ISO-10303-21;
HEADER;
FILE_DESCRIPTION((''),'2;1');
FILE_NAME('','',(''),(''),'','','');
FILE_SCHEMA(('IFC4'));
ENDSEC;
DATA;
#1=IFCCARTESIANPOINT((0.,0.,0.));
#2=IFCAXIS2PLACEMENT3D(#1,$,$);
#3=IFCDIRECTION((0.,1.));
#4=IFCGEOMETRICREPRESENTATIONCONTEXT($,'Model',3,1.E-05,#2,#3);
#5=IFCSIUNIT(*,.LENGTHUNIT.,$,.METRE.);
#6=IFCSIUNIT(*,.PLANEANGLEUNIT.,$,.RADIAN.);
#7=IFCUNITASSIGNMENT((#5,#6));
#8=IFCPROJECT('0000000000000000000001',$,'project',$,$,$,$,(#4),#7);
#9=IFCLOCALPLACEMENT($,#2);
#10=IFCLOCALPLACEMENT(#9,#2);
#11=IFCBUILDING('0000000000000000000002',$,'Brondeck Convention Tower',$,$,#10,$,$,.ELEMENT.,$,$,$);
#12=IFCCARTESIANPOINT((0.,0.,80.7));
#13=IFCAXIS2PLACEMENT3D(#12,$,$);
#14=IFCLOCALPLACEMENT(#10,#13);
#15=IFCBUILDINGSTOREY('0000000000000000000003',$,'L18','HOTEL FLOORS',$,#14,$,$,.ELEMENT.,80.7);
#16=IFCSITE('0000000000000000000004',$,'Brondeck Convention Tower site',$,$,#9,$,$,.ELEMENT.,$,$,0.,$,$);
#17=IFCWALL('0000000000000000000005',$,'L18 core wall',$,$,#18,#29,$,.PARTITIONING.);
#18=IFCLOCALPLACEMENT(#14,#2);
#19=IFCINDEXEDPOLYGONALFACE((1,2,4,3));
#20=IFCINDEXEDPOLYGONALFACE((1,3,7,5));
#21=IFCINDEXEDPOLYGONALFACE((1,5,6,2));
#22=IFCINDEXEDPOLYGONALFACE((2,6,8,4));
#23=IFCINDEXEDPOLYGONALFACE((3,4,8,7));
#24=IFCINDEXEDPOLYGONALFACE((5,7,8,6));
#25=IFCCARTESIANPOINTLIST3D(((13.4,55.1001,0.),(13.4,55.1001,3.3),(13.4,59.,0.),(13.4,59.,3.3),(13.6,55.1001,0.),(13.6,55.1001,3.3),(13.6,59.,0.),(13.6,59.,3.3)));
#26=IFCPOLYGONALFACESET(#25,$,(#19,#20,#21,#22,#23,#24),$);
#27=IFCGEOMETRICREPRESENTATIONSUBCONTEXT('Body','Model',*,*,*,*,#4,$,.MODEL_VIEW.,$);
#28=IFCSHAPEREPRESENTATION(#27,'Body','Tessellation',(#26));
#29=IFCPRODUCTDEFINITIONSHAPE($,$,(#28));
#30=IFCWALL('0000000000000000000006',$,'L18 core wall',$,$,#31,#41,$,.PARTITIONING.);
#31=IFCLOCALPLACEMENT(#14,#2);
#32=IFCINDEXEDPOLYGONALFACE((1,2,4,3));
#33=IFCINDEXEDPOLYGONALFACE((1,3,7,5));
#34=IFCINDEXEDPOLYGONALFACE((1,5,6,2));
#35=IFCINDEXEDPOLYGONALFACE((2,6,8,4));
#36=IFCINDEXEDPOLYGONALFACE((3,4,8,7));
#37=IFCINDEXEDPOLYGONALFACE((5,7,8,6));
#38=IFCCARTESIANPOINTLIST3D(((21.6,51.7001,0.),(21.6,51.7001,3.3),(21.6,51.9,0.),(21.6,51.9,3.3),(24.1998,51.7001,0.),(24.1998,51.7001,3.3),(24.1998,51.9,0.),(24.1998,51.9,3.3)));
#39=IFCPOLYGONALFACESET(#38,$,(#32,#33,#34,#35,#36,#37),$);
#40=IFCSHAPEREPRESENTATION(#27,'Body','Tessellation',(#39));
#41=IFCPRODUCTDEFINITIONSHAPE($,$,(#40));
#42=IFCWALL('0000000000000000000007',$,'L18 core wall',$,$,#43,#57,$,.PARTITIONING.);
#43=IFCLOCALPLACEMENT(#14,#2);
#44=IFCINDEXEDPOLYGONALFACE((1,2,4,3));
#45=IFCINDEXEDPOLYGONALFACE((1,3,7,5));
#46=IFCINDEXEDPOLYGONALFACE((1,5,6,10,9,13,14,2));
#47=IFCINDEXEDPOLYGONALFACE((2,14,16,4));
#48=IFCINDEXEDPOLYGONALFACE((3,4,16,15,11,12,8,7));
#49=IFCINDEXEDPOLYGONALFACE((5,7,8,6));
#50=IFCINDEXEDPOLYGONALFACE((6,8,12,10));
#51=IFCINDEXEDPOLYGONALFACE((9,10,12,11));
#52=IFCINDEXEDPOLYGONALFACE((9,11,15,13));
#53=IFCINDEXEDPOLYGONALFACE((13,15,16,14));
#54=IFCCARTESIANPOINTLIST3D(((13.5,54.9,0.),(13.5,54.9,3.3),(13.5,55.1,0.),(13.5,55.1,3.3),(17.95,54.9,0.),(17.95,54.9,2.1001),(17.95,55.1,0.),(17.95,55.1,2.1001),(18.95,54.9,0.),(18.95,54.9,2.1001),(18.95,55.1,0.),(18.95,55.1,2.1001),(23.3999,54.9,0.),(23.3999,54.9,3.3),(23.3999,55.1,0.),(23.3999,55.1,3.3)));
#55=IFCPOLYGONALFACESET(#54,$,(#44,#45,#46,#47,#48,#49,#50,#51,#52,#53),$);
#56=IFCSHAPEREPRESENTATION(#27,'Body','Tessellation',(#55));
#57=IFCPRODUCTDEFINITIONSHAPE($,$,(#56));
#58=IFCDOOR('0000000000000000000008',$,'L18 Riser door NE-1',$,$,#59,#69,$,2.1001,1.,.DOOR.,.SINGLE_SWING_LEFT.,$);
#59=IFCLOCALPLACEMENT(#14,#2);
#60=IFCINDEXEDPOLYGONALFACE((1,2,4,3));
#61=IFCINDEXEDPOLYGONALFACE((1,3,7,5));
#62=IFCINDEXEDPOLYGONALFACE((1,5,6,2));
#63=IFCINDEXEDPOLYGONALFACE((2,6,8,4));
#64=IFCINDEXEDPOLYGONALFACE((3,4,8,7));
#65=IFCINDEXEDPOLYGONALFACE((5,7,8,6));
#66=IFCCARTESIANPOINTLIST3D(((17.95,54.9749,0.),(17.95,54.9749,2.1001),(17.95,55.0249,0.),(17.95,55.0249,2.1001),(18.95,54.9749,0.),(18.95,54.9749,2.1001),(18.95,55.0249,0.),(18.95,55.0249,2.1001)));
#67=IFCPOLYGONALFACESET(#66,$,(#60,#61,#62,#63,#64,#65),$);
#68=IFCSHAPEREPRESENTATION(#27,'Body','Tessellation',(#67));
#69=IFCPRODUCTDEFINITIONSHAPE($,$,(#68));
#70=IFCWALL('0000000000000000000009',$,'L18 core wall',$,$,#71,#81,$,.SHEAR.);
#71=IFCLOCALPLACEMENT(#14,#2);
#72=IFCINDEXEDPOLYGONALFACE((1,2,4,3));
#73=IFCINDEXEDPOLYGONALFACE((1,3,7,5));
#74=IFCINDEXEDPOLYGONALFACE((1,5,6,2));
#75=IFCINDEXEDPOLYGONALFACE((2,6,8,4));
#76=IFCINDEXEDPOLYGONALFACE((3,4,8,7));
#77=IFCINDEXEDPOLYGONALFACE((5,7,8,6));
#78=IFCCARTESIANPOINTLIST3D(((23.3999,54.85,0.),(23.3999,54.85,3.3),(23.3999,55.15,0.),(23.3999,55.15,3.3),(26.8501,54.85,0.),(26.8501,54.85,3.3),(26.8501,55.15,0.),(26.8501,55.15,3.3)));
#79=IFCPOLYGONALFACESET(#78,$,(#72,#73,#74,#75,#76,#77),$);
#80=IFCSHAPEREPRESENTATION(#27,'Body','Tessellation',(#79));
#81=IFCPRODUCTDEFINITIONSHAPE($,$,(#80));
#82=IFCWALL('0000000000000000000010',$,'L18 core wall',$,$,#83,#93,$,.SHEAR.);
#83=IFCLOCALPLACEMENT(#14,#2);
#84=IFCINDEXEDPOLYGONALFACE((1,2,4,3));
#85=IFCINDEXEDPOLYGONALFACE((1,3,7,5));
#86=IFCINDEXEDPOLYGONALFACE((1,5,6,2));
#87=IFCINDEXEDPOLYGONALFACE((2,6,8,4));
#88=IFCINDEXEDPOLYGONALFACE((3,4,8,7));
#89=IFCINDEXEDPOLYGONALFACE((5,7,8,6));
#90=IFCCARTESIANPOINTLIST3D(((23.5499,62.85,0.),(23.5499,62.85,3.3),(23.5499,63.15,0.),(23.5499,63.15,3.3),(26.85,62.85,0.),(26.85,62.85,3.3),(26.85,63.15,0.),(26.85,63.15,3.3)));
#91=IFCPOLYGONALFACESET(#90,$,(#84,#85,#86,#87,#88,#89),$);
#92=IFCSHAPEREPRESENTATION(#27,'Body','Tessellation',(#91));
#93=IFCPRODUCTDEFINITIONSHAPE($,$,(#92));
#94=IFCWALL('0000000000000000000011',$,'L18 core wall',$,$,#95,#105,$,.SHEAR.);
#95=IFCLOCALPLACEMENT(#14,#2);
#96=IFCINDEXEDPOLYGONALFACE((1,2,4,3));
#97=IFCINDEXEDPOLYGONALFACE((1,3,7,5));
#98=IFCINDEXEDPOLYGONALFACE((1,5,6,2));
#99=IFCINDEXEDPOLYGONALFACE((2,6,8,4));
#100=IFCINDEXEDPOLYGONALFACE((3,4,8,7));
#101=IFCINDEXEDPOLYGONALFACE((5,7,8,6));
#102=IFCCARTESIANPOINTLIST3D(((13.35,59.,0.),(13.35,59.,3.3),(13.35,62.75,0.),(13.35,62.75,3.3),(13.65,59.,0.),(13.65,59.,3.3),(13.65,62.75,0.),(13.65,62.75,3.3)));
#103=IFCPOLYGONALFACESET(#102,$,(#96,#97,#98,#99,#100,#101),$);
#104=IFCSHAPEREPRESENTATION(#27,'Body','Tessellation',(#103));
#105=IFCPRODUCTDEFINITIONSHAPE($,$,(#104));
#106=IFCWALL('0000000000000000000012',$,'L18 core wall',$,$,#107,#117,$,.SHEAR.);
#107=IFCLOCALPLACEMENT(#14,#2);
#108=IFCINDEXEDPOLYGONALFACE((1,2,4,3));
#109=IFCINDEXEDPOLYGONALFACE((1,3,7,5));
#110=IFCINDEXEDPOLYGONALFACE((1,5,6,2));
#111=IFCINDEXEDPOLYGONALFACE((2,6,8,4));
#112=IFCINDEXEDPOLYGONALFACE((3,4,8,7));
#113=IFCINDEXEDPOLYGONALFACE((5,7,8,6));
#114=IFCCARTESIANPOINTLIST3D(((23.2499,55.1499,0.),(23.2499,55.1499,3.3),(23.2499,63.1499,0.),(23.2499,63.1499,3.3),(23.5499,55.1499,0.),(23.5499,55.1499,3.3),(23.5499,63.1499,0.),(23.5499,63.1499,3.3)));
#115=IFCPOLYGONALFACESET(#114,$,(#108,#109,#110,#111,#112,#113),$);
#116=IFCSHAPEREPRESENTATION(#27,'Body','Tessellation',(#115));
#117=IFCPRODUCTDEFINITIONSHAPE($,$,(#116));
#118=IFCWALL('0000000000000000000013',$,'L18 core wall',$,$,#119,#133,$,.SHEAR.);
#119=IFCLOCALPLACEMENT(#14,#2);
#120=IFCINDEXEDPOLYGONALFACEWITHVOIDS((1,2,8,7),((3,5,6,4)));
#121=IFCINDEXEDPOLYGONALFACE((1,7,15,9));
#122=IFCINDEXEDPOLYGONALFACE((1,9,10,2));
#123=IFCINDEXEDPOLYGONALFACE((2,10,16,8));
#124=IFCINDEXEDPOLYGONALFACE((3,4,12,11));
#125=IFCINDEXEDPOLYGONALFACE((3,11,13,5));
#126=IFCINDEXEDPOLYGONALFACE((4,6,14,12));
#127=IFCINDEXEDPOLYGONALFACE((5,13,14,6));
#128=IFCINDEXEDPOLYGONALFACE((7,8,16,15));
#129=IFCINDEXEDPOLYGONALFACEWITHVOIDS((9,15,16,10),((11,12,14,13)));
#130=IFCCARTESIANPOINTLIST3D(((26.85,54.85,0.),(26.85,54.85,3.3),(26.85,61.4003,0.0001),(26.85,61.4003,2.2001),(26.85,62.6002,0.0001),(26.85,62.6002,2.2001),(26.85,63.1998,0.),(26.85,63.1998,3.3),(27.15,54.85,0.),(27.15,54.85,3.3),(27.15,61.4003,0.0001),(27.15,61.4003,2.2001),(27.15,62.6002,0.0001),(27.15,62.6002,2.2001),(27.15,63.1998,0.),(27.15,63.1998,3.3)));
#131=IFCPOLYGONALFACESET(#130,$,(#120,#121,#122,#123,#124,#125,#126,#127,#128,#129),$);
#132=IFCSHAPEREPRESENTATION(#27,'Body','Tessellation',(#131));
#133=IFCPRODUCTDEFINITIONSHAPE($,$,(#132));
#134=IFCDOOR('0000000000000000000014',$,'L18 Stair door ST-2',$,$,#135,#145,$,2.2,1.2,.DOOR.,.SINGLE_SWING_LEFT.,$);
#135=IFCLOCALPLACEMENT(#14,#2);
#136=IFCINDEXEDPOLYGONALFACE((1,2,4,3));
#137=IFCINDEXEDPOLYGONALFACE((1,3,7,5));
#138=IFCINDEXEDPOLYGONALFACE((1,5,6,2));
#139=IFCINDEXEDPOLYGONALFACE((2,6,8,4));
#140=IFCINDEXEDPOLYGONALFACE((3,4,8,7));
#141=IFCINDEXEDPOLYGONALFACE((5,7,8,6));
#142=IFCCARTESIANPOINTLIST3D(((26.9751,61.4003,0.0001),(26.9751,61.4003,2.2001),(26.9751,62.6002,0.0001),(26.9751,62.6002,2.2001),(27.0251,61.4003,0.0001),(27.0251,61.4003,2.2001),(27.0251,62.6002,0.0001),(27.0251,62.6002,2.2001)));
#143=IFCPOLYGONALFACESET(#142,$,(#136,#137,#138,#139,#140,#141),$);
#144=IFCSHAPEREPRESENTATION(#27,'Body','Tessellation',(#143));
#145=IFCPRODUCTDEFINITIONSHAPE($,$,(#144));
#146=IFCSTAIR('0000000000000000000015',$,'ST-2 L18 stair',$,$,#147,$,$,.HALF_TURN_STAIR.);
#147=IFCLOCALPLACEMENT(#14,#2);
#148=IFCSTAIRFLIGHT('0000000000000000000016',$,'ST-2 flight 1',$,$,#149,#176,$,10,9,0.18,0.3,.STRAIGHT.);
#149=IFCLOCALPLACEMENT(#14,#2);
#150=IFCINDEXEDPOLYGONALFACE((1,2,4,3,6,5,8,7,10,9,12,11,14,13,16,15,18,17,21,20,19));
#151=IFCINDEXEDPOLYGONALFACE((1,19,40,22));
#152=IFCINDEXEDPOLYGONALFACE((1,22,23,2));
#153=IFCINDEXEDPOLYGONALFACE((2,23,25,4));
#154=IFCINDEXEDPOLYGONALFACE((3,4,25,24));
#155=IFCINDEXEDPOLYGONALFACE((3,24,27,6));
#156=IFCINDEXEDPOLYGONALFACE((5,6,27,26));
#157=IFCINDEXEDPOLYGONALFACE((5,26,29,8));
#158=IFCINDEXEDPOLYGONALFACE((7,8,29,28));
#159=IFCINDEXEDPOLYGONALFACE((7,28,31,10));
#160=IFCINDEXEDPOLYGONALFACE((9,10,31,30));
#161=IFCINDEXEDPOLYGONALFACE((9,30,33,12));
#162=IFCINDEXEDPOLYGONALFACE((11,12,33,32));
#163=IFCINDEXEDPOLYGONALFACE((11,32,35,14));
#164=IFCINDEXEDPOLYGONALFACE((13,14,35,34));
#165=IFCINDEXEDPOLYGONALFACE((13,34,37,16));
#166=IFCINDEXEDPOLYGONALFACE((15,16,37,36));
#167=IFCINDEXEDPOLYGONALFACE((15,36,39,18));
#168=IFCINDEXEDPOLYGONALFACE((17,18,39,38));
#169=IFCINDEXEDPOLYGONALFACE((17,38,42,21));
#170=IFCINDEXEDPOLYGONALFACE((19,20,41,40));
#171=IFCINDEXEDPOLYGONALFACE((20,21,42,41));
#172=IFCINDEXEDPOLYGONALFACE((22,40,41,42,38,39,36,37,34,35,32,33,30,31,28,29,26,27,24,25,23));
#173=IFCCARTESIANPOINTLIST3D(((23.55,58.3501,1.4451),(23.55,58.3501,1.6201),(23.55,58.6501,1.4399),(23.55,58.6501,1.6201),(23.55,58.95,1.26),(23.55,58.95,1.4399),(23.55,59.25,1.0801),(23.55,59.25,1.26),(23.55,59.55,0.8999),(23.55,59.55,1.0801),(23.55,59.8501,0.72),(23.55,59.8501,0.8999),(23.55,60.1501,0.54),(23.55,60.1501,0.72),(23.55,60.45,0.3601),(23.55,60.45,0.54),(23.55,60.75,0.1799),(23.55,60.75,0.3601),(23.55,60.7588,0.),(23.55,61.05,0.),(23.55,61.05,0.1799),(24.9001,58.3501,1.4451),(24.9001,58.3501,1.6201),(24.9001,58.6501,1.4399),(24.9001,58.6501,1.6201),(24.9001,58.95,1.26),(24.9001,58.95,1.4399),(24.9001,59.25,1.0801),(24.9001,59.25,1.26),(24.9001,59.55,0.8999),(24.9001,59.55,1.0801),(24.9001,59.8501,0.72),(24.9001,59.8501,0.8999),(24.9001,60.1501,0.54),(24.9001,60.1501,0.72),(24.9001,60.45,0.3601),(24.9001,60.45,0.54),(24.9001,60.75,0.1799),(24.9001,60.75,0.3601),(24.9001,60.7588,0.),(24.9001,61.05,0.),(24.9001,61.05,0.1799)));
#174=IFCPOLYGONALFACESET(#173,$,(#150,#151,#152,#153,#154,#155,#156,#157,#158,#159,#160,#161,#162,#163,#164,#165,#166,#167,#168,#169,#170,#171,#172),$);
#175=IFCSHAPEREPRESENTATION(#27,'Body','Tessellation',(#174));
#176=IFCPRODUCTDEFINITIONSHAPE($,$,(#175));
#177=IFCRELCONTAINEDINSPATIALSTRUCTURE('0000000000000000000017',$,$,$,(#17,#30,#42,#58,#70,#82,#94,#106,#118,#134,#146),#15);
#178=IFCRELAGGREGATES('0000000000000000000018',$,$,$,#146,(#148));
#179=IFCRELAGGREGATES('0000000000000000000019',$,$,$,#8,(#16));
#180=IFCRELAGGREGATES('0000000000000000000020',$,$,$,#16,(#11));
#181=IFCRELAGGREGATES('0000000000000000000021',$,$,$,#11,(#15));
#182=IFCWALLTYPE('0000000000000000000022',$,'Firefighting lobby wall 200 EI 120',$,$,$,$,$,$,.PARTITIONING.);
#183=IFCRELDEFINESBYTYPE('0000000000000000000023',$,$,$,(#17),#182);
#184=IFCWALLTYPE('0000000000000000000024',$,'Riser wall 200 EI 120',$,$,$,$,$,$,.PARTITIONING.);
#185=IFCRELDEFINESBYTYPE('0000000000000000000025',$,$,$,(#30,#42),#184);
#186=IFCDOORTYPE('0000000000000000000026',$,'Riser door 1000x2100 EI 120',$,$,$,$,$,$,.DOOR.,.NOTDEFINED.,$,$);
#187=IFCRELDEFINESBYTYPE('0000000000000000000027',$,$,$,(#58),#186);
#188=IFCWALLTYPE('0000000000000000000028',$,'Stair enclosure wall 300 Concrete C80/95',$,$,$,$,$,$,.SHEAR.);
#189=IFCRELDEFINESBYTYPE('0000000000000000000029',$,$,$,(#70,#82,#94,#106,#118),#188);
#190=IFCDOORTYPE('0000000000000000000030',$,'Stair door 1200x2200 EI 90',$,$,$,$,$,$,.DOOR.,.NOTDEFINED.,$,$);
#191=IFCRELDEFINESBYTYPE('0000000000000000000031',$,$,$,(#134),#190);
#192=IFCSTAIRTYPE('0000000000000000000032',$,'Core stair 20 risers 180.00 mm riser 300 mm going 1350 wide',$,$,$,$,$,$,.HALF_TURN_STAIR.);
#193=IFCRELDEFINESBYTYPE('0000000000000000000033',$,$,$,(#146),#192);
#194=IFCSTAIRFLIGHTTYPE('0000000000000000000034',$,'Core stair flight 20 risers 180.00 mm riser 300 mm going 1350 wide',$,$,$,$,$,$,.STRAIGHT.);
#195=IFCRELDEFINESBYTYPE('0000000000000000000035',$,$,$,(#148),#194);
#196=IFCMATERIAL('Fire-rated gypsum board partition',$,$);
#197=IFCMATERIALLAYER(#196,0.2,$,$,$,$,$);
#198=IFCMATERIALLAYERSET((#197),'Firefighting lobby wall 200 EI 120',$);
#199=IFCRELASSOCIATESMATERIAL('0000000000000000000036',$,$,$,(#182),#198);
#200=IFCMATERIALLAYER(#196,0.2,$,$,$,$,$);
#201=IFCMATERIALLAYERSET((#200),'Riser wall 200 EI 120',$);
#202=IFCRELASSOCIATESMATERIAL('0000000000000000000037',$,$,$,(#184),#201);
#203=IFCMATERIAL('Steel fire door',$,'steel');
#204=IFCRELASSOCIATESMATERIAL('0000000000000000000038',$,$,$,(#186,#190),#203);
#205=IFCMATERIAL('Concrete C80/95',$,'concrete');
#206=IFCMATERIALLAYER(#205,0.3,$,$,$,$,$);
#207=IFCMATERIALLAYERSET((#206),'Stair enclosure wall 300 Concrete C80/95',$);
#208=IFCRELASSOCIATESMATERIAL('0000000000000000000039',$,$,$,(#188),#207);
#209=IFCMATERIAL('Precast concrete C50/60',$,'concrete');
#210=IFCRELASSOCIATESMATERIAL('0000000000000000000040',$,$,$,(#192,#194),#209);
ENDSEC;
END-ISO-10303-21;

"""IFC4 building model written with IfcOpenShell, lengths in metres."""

from ifc_helpers import new_model, si_unit, direction, frame, frame_2d, origin, place, context, subcontext, project, spatial, polyline, rectangle, outline, extrude, material, layer, layer_set, type_object, element, fill, aggregate, save


model = new_model("IFC4")

# Units and contexts
model_context = context("Model", 3, precision=1e-05, world=origin(), true_north=direction((0.0, 1.0)))
body_context = subcontext(model_context, "Body", "Model", "MODEL_VIEW")
ifc_project = project(units=[si_unit("LENGTHUNIT", "METRE"), si_unit("PLANEANGLEUNIT", "RADIAN")], contexts=[model_context])

# Site, building, storey
site_placement = place(None, origin())
site = spatial("IfcSite", under=ifc_project, at=site_placement, Name="Brondeck Convention Tower site", CompositionType="ELEMENT", RefElevation=0.0)
building_placement = place(site_placement, origin())
building = spatial("IfcBuilding", under=site, at=building_placement, Name="Brondeck Convention Tower", CompositionType="ELEMENT")
storey_placement = place(building_placement, frame((0.0, 0.0, 80.7)))
storey = spatial("IfcBuildingStorey", under=building, at=storey_placement, Name="L18", Description="HOTEL FLOORS", CompositionType="ELEMENT", Elevation=80.7)

# Shared definitions
ifc_material_1 = material(Name="Concrete C80/95", Category="concrete")

# Shared definitions
ifc_material_2 = material(Name="Fire-rated gypsum board partition")

# Walls
ifc_layer_1 = layer(ifc_material_2, 0.2)
ifc_layer_set_1 = layer_set([ifc_layer_1], Name="Firefighting lobby wall 200 EI 120")
wall_type_1 = type_object("IfcWallType", Name="Firefighting lobby wall 200 EI 120", PredefinedType="PARTITIONING", material=ifc_layer_set_1)
wall_1_placement = place(storey_placement, frame((13.5, 55.1001, 0.0), z_axis=(0.0, 0.0, 1.0), x_axis=(0.0, 1.0, 0.0)))
element("IfcWall", 1, at=wall_1_placement, inside=storey, type_object=wall_type_1, Name="L18 core wall", PredefinedType="PARTITIONING", context=body_context, shape_type="SweptSolid", body=[
    extrude(rectangle(XDim=3.8999, YDim=0.2, at=frame_2d((1.95, 0.0))), origin(), (0.0, 0.0, 1.0), 3.3),
])
ifc_layer_2 = layer(ifc_material_2, 0.2)
ifc_layer_set_2 = layer_set([ifc_layer_2], Name="Riser wall 200 EI 120")
wall_type_2 = type_object("IfcWallType", Name="Riser wall 200 EI 120", PredefinedType="PARTITIONING", material=ifc_layer_set_2)
wall_2_placement = place(storey_placement, frame((21.6001, 51.8, 0.0), z_axis=(0.0, 0.0, 1.0), x_axis=(1.0, 0.0, 0.0)))
element("IfcWall", 2, at=wall_2_placement, inside=storey, type_object=wall_type_2, Name="L18 core wall", PredefinedType="PARTITIONING", context=body_context, shape_type="SweptSolid", body=[
    extrude(rectangle(XDim=2.5999, YDim=0.2, at=frame_2d((1.2998, 0.0))), origin(), (0.0, 0.0, 1.0), 3.3),
])

# Wall, opening, door
wall_3_placement = place(storey_placement, frame((13.5, 55.0, 0.0), z_axis=(0.0, 0.0, 1.0), x_axis=(1.0, 0.0, 0.0)))
wall_3 = element("IfcWall", 3, at=wall_3_placement, inside=storey, type_object=wall_type_2, Name="L18 core wall", PredefinedType="PARTITIONING", context=body_context, shape_type="SweptSolid", body=[
    extrude(rectangle(XDim=9.8999, YDim=0.2, at=frame_2d((4.95, 0.0))), origin(), (0.0, 0.0, 1.0), 3.3),
])
opening_1_placement = place(wall_3_placement, frame((4.45, 0.0, 0.0)))
opening_1 = element("IfcOpeningElement", 4, at=opening_1_placement, cuts=wall_3, PredefinedType="OPENING", context=body_context, shape_type="SweptSolid", body=[
    extrude(rectangle(XDim=1.0, YDim=2.1001, at=frame_2d((0.5, 1.05))), frame((0.0, 0.1099, 0.0), z_axis=(0.0, -1.0, 0.0), x_axis=(1.0, 0.0, 0.0)), (0.0, 0.0, 1.0), 0.22),
])
ifc_material_3 = material(Name="Steel fire door", Category="steel")
door_type_1 = type_object("IfcDoorType", Name="Riser door 1000x2100 EI 120", OperationType="NOTDEFINED", PredefinedType="DOOR", material=ifc_material_3)
door_1_placement = place(opening_1_placement, origin())
door_1 = element("IfcDoor", 5, at=door_1_placement, inside=storey, type_object=door_type_1, Name="L18 Riser door NE-1", OperationType="SINGLE_SWING_LEFT", OverallHeight=2.1001, OverallWidth=1.0, PredefinedType="DOOR", context=body_context, shape_type="SweptSolid", body=[
    extrude(rectangle(XDim=1.0, YDim=2.1001, at=frame_2d((0.5, 1.05))), frame((0.0, 0.0249, 0.0), z_axis=(0.0, -1.0, 0.0), x_axis=(1.0, 0.0, 0.0)), (0.0, 0.0, 1.0), 0.05),
])
fill(opening_1, door_1)

# Walls
ifc_layer_3 = layer(ifc_material_1, 0.3)
ifc_layer_set_3 = layer_set([ifc_layer_3], Name="Stair enclosure wall 300 Concrete C80/95")
wall_type_3 = type_object("IfcWallType", Name="Stair enclosure wall 300 Concrete C80/95", PredefinedType="SHEAR", material=ifc_layer_set_3)
wall_4_placement = place(storey_placement, frame((23.3999, 55.0, 0.0), z_axis=(0.0, 0.0, 1.0), x_axis=(1.0, 0.0, 0.0)))
element("IfcWall", 6, at=wall_4_placement, inside=storey, type_object=wall_type_3, Name="L18 core wall", PredefinedType="SHEAR", context=body_context, shape_type="SweptSolid", body=[
    extrude(rectangle(XDim=3.4502, YDim=0.3, at=frame_2d((1.7251, 0.0))), origin(), (0.0, 0.0, 1.0), 3.3),
])
wall_5_placement = place(storey_placement, frame((23.55, 63.0, 0.0), z_axis=(0.0, 0.0, 1.0), x_axis=(1.0, 0.0, 0.0)))
element("IfcWall", 7, at=wall_5_placement, inside=storey, type_object=wall_type_3, Name="L18 core wall", PredefinedType="SHEAR", context=body_context, shape_type="SweptSolid", body=[
    extrude(rectangle(XDim=3.3, YDim=0.3, at=frame_2d((1.6499, 0.0))), origin(), (0.0, 0.0, 1.0), 3.3),
])
wall_6_placement = place(storey_placement, frame((13.5, 59.0, 0.0), z_axis=(0.0, 0.0, 1.0), x_axis=(0.0, 1.0, 0.0)))
element("IfcWall", 8, at=wall_6_placement, inside=storey, type_object=wall_type_3, Name="L18 core wall", PredefinedType="SHEAR", context=body_context, shape_type="SweptSolid", body=[
    extrude(rectangle(XDim=3.75, YDim=0.3, at=frame_2d((1.875, 0.0))), origin(), (0.0, 0.0, 1.0), 3.3),
])
wall_7_placement = place(storey_placement, frame((23.3999, 55.1499, 0.0), z_axis=(0.0, 0.0, 1.0), x_axis=(0.0, 1.0, 0.0)))
element("IfcWall", 9, at=wall_7_placement, inside=storey, type_object=wall_type_3, Name="L18 core wall", PredefinedType="SHEAR", context=body_context, shape_type="SweptSolid", body=[
    extrude(rectangle(XDim=8.0, YDim=0.3, at=frame_2d((4.0, 0.0))), origin(), (0.0, 0.0, 1.0), 3.3),
])

# Wall, opening, door
wall_8_placement = place(storey_placement, frame((27.0, 54.8501, 0.0), z_axis=(0.0, 0.0, 1.0), x_axis=(0.0, 1.0, 0.0)))
wall_8 = element("IfcWall", 10, at=wall_8_placement, inside=storey, type_object=wall_type_3, Name="L18 core wall", PredefinedType="SHEAR", context=body_context, shape_type="SweptSolid", body=[
    extrude(rectangle(XDim=8.3499, YDim=0.3, at=frame_2d((4.1748, 0.0))), origin(), (0.0, 0.0, 1.0), 3.3),
])
opening_2_placement = place(wall_8_placement, frame((6.55, 0.0, 0.0)))
opening_2 = element("IfcOpeningElement", 11, at=opening_2_placement, cuts=wall_8, PredefinedType="OPENING", context=body_context, shape_type="SweptSolid", body=[
    extrude(rectangle(XDim=1.2, YDim=2.2, at=frame_2d((0.6001, 1.1001))), frame((0.0, 0.1599, 0.0), z_axis=(0.0, -1.0, 0.0), x_axis=(1.0, 0.0, 0.0)), (0.0, 0.0, 1.0), 0.3201),
])
door_type_2 = type_object("IfcDoorType", Name="Stair door 1200x2200 EI 90", OperationType="NOTDEFINED", PredefinedType="DOOR", material=ifc_material_3)
door_2_placement = place(opening_2_placement, origin())
door_2 = element("IfcDoor", 12, at=door_2_placement, inside=storey, type_object=door_type_2, Name="L18 Stair door ST-2", OperationType="SINGLE_SWING_LEFT", OverallHeight=2.2, OverallWidth=1.2, PredefinedType="DOOR", context=body_context, shape_type="SweptSolid", body=[
    extrude(rectangle(XDim=1.2, YDim=2.2, at=frame_2d((0.6001, 1.1001))), frame((0.0, 0.0249, 0.0), z_axis=(0.0, -1.0, 0.0), x_axis=(1.0, 0.0, 0.0)), (0.0, 0.0, 1.0), 0.05),
])
fill(opening_2, door_2)

# Stair, stair flight
ifc_material_4 = material(Name="Precast concrete C50/60", Category="concrete")
stair_type = type_object("IfcStairType", Name="Core stair 20 risers 180.00 mm riser 300 mm going 1350 wide", PredefinedType="HALF_TURN_STAIR", material=ifc_material_4)
stair_1_placement = place(storey_placement, origin())
stair_1 = element("IfcStair", 13, at=stair_1_placement, inside=storey, type_object=stair_type, Name="ST-2 L18 stair", PredefinedType="HALF_TURN_STAIR")
stair_flight_type = type_object("IfcStairFlightType", Name="Core stair flight 20 risers 180.00 mm riser 300 mm going 1350 wide", PredefinedType="STRAIGHT", material=ifc_material_4)
stair_flight_1_placement = place(storey_placement, frame((24.2251, 61.05, 0.0), z_axis=(0.0, 0.0, 1.0), x_axis=(0.0, -1.0, 0.0)))
stair_flight_1 = element("IfcStairFlight", 14, at=stair_flight_1_placement, type_object=stair_flight_type, Name="ST-2 flight 1", NumberOfRisers=10, NumberOfTreads=9, PredefinedType="STRAIGHT", RiserHeight=0.18, TreadLength=0.3, context=body_context, shape_type="SweptSolid", body=[
    extrude(outline(polyline([(0.0, 0.0), (0.0, 0.1799), (0.3, 0.1799), (0.3, 0.3601), (0.6001, 0.3601), (0.6001, 0.54), (0.8999, 0.54), (0.8999, 0.72), (1.2, 0.72), (1.2, 0.8999), (1.5, 0.8999), (1.5, 1.0801), (1.8, 1.0801), (1.8, 1.26), (2.1001, 1.26), (2.1001, 1.4399), (2.3999, 1.4399), (2.3999, 1.6201), (2.7, 1.6201), (2.7, 1.8), (2.7, 1.4451), (0.2913, 0.0), (0.0, 0.0)])), frame((0.0, 0.675, 0.0), z_axis=(0.0, -1.0, 0.0), x_axis=(1.0, 0.0, 0.0)), (0.0, 0.0, 1.0), 1.3501),
])
aggregate(stair_1, [stair_flight_1])

save(model, "model.ifc")
